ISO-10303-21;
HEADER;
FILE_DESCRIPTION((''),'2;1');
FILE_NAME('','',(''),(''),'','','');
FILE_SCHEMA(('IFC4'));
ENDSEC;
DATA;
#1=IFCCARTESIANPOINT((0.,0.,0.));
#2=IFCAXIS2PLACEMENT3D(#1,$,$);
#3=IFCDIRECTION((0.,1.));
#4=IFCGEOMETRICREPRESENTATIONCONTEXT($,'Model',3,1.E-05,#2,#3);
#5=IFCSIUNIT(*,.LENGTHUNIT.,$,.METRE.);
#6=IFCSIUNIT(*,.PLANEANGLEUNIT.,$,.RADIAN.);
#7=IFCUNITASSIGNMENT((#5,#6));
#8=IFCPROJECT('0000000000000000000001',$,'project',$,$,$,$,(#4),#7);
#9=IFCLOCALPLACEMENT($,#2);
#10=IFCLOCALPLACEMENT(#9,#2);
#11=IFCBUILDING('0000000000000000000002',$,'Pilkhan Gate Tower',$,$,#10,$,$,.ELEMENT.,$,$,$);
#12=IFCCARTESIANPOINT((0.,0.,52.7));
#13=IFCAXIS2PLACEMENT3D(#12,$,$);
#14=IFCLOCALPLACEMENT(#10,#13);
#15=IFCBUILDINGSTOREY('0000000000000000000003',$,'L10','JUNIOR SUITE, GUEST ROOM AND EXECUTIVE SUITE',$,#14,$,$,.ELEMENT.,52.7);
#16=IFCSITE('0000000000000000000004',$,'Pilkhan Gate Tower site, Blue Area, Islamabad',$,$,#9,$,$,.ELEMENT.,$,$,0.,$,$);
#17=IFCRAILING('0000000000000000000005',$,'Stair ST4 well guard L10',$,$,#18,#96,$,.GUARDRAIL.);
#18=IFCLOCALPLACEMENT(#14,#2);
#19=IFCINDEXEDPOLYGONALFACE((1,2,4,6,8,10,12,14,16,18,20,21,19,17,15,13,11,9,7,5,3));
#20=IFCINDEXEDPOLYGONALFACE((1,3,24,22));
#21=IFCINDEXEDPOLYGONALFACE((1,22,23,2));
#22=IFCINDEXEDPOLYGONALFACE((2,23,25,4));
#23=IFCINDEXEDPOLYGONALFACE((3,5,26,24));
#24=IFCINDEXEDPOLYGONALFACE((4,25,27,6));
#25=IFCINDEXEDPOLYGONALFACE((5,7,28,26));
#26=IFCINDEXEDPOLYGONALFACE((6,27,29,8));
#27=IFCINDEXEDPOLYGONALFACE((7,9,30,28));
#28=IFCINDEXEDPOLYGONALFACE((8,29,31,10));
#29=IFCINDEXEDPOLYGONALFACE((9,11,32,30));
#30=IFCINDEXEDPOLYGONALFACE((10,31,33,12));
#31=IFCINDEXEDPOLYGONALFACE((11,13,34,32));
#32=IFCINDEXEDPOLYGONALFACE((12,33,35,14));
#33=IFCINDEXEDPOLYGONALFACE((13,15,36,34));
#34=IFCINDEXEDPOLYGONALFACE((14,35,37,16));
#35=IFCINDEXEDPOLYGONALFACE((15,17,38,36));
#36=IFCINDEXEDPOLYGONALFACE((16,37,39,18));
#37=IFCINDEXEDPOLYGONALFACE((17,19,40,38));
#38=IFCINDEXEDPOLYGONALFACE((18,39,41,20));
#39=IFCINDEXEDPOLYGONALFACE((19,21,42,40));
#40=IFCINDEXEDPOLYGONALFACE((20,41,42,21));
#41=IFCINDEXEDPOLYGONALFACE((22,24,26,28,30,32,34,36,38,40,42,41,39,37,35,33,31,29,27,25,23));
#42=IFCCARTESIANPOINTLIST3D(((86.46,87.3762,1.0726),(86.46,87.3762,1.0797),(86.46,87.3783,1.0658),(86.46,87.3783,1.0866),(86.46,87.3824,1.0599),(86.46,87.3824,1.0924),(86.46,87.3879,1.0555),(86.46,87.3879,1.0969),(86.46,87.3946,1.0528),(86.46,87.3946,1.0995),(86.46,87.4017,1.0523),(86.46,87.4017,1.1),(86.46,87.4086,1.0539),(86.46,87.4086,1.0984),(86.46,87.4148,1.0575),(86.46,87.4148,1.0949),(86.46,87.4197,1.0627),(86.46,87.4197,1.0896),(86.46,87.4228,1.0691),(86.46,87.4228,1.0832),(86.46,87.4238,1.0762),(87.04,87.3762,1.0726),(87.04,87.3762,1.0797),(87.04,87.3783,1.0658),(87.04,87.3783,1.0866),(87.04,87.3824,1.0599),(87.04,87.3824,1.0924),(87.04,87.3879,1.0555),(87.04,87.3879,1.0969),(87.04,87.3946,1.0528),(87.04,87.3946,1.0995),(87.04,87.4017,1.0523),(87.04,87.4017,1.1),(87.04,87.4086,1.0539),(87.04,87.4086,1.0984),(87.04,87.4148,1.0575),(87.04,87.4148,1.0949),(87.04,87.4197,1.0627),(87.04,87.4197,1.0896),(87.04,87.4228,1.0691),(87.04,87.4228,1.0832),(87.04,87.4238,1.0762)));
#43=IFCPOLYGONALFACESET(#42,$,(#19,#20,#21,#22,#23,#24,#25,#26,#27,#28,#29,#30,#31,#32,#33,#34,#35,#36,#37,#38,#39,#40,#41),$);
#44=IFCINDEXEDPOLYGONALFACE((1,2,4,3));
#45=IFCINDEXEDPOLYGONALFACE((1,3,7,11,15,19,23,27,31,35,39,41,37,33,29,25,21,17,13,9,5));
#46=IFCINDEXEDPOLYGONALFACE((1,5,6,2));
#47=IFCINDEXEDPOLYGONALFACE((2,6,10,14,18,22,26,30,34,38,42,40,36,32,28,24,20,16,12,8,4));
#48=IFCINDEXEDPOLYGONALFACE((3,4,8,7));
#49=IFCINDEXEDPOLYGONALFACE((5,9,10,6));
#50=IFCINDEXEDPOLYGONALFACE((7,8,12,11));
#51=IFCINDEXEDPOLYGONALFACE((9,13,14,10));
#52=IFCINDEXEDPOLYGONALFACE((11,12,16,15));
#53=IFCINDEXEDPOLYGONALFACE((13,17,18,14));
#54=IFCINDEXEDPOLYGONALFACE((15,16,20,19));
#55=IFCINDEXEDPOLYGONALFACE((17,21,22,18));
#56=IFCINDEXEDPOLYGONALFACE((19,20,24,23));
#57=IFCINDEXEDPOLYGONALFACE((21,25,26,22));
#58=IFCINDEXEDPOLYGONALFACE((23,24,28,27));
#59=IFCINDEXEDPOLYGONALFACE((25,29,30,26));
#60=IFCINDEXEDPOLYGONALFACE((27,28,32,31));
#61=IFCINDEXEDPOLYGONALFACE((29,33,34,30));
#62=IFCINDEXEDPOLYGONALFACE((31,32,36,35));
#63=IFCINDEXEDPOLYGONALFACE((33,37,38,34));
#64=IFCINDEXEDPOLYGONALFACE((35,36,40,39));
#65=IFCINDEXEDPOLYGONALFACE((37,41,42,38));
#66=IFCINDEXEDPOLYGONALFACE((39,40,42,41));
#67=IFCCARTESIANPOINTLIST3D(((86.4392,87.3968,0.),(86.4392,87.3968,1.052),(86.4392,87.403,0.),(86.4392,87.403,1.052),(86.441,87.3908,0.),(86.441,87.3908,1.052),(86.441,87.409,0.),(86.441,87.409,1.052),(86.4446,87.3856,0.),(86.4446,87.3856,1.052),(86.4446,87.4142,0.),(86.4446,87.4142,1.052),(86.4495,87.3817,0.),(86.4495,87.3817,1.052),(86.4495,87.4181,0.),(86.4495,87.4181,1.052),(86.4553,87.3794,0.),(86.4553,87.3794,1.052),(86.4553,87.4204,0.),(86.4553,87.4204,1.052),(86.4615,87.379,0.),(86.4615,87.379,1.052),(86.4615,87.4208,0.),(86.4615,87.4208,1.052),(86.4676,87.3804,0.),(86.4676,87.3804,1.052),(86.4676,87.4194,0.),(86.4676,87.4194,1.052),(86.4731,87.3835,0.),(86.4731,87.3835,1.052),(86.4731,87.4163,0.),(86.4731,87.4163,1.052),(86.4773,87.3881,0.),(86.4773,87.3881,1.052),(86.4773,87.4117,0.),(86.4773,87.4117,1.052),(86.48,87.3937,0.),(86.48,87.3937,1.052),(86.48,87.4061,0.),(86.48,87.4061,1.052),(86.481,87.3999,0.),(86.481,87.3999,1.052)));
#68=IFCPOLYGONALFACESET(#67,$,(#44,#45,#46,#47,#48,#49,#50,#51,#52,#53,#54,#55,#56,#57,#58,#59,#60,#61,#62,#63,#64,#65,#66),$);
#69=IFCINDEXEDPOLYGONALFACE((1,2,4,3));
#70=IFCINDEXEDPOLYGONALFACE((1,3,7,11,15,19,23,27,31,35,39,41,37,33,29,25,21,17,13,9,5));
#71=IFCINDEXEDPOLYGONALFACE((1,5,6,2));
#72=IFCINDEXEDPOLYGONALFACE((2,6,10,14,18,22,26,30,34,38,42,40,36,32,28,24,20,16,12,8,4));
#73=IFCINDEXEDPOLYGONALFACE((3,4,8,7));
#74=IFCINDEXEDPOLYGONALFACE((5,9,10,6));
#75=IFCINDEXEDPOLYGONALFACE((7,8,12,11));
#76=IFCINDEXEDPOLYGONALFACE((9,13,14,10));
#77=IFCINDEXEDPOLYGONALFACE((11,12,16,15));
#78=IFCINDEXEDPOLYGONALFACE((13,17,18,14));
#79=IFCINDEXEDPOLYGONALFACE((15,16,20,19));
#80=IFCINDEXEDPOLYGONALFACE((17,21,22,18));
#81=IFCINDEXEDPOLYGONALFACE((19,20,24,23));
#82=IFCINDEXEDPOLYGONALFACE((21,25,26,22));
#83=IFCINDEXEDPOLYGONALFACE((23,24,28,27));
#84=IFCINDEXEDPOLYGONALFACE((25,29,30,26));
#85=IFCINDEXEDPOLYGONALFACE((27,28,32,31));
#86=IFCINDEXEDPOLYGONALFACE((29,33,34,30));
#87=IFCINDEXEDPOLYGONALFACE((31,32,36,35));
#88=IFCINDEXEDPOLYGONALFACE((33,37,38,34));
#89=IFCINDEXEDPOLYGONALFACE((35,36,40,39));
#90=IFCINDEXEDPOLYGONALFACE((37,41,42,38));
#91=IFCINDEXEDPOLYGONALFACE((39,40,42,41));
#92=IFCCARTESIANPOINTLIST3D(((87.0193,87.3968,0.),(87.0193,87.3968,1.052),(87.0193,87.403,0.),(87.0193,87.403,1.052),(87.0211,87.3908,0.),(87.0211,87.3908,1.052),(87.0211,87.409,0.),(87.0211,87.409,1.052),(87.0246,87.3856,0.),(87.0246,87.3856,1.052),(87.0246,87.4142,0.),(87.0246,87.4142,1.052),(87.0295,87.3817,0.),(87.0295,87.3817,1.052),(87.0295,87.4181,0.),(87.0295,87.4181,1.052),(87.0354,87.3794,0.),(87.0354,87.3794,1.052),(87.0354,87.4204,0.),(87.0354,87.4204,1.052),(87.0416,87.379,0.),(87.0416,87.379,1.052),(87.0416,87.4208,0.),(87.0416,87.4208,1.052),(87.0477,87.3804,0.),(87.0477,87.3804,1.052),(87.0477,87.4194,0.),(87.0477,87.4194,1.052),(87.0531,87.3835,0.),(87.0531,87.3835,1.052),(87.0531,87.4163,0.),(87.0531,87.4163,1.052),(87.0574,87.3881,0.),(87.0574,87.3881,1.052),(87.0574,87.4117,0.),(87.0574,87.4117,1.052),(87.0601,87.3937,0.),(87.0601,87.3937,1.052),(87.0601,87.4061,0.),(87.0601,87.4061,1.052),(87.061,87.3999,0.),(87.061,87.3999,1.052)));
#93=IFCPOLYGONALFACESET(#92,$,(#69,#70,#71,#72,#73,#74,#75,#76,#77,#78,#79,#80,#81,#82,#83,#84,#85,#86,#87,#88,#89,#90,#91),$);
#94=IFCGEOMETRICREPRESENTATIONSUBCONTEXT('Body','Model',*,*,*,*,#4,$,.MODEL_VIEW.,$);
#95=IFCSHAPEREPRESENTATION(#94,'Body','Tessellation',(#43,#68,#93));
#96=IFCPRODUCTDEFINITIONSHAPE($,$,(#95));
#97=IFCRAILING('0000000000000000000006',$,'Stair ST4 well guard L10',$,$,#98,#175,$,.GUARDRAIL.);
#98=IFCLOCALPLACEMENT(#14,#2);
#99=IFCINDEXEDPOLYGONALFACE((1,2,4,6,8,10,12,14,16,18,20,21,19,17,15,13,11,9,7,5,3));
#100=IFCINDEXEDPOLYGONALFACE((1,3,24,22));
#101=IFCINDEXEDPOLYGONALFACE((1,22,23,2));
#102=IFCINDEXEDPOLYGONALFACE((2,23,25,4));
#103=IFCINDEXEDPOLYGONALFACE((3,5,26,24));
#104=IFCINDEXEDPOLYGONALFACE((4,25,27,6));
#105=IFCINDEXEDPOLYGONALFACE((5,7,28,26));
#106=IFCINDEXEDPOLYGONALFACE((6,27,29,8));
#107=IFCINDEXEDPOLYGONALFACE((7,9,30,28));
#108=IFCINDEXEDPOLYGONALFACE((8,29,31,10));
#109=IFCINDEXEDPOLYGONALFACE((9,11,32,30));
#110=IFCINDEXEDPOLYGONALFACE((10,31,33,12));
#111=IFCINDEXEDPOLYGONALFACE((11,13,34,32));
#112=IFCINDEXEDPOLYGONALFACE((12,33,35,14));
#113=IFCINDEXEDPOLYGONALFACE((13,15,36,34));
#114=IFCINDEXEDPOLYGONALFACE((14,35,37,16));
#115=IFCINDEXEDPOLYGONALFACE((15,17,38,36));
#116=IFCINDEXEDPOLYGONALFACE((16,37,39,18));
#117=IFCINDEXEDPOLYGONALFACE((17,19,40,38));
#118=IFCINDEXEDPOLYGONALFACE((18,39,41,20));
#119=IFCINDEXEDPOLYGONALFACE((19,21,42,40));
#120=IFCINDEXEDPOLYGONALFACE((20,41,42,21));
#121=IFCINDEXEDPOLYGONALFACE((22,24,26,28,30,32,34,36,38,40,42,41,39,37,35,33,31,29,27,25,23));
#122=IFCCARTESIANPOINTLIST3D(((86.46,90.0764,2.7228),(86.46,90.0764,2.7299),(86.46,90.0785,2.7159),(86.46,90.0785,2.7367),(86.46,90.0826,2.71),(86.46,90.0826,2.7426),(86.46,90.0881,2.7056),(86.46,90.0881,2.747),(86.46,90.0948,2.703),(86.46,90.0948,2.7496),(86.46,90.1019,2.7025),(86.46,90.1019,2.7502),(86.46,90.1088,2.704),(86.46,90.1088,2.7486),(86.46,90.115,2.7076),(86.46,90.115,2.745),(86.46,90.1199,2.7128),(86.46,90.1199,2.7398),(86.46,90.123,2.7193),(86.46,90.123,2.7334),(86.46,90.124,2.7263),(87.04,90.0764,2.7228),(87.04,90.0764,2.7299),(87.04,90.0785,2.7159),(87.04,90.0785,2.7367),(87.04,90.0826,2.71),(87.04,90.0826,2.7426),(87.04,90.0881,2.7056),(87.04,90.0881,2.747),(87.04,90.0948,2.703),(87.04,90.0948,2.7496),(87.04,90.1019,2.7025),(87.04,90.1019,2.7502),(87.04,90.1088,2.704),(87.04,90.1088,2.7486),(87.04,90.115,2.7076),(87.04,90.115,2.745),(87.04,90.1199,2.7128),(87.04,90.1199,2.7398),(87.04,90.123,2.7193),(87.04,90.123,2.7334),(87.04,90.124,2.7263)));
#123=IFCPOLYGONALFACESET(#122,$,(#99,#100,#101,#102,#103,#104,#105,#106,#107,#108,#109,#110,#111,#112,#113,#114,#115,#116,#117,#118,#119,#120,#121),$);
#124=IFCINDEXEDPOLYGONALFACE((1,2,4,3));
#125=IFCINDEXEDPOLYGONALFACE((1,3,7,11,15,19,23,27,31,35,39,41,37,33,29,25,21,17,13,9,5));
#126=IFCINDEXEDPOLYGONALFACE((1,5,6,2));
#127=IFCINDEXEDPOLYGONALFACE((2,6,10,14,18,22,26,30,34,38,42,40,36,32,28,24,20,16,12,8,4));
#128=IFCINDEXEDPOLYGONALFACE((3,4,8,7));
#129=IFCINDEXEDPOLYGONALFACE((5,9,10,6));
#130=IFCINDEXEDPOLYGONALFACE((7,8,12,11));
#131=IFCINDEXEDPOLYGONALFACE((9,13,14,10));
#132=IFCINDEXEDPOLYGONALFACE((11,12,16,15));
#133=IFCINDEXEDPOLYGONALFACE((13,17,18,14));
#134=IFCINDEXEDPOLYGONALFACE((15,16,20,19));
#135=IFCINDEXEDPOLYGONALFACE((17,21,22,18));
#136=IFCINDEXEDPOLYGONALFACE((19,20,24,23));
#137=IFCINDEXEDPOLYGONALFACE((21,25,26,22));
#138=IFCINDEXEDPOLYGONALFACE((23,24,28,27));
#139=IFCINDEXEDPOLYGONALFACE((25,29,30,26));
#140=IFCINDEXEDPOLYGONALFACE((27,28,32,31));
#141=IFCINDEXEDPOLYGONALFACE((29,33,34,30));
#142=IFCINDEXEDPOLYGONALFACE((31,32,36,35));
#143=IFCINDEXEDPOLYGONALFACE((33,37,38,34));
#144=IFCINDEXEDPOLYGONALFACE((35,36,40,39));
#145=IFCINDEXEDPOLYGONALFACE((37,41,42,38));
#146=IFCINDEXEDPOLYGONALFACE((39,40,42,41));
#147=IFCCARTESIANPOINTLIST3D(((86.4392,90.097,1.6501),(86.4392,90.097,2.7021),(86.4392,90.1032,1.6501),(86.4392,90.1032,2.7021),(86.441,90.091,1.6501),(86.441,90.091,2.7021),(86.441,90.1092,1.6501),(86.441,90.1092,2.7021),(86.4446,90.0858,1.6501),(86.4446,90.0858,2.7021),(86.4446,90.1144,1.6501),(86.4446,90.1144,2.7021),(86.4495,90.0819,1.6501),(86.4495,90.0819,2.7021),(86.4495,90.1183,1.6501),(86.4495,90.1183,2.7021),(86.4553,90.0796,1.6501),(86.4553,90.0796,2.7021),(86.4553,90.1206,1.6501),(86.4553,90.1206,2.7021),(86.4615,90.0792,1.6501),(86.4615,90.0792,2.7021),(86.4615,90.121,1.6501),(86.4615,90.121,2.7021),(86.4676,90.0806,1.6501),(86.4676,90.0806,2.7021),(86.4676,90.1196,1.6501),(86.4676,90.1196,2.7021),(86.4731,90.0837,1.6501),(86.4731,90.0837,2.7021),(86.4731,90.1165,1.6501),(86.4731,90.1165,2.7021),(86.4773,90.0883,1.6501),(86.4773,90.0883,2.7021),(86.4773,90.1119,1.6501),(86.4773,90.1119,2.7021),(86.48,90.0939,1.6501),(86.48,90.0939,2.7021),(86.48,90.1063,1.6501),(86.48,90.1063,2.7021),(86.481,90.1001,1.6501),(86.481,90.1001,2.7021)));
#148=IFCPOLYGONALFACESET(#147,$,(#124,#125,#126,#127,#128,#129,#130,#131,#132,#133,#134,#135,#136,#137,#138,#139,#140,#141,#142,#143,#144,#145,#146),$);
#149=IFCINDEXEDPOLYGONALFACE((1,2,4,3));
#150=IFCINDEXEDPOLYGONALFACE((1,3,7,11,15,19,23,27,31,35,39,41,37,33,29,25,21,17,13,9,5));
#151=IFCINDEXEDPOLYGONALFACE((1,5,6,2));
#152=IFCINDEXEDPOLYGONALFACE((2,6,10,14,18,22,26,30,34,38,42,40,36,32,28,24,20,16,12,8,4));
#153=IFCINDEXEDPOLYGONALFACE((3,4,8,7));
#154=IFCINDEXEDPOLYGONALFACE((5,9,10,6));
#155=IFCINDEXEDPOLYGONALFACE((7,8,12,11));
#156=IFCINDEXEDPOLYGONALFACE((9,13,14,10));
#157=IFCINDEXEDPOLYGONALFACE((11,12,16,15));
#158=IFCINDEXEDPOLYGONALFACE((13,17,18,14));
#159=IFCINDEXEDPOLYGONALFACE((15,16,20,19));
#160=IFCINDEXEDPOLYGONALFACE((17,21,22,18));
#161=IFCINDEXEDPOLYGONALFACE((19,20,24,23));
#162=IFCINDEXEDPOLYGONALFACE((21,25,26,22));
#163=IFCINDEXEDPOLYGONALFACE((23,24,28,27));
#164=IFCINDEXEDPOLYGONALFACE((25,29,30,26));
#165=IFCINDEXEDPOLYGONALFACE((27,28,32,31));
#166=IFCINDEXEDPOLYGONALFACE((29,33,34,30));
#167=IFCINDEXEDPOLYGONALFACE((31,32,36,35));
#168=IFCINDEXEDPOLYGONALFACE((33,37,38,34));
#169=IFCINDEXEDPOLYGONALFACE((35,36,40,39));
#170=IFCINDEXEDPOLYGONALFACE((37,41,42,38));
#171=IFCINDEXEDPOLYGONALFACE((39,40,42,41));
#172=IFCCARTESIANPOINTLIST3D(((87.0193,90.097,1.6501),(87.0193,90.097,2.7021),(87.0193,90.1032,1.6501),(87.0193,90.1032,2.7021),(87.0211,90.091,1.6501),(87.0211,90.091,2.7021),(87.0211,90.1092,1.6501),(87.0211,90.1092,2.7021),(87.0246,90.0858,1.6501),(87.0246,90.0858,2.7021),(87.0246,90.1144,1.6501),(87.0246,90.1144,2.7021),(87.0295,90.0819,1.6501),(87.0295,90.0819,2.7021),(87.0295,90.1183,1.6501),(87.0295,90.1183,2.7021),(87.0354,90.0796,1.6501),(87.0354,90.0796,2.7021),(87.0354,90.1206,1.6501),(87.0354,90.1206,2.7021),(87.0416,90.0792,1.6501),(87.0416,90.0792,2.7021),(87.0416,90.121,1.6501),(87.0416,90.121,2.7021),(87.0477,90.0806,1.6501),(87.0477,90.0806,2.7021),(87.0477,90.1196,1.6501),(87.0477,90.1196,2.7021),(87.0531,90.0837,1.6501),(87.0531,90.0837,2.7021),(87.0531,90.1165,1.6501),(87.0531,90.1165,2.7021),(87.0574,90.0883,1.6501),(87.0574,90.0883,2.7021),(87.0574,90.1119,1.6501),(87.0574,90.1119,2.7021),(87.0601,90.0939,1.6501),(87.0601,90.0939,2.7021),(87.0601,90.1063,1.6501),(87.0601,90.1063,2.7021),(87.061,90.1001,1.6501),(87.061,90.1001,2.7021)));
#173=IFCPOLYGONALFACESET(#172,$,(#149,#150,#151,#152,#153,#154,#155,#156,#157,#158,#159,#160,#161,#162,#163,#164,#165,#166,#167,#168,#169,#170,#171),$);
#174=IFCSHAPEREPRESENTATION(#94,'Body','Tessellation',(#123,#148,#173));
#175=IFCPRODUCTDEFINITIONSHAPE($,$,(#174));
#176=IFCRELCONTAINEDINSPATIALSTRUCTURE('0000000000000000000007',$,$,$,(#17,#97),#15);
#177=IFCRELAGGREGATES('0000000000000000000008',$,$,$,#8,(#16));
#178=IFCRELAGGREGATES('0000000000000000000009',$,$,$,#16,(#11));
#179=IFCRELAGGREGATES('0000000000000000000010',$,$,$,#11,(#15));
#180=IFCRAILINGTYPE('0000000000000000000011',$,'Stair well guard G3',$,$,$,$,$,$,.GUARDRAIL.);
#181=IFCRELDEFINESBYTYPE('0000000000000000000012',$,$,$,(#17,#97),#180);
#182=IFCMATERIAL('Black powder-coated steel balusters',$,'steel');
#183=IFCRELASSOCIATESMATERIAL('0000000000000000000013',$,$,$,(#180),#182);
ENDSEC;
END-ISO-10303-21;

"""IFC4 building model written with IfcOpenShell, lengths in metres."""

from ifc_helpers import new_model, si_unit, direction, frame, origin, origin_2d, place, context, subcontext, project, spatial, circle, extrude, material, type_object, element, save


model = new_model("IFC4")

# Units and contexts
model_context = context("Model", 3, precision=1e-05, world=origin(), true_north=direction((0.0, 1.0)))
body_context = subcontext(model_context, "Body", "Model", "MODEL_VIEW")
ifc_project = project(units=[si_unit("LENGTHUNIT", "METRE"), si_unit("PLANEANGLEUNIT", "RADIAN")], contexts=[model_context])

# Site, building, storey
site_placement = place(None, origin())
site = spatial("IfcSite", under=ifc_project, at=site_placement, Name="Pilkhan Gate Tower site, Blue Area, Islamabad", CompositionType="ELEMENT", RefElevation=0.0)
building_placement = place(site_placement, origin())
building = spatial("IfcBuilding", under=site, at=building_placement, Name="Pilkhan Gate Tower", CompositionType="ELEMENT")
storey_placement = place(building_placement, frame((0.0, 0.0, 52.7)))
storey = spatial("IfcBuildingStorey", under=building, at=storey_placement, Name="L10", Description="JUNIOR SUITE, GUEST ROOM AND EXECUTIVE SUITE", CompositionType="ELEMENT", Elevation=52.7)

# Railings
ifc_material_1 = material(Name="Black powder-coated steel balusters", Category="steel")
railing_type_1 = type_object("IfcRailingType", Name="Stair well guard G3", PredefinedType="GUARDRAIL", material=ifc_material_1)
for number, where, name in (
    (1, (86.46, 87.3999, 0.0), "Stair ST4 well guard L10"),
    (2, (86.46, 90.1001, 1.6501), "Stair ST4 well guard L10"),
):
    element("IfcRailing", number, at=place(storey_placement, frame(where)), inside=storey, type_object=railing_type_1, Name=name, PredefinedType="GUARDRAIL", context=body_context, shape_type="SweptSolid", body=[
        extrude(circle(Radius=0.0239, at=origin_2d()), frame((0.0, 0.0, 1.0762), z_axis=(1.0, 0.0, 0.0), x_axis=(0.0, 1.0, 0.0)), (0.0, 0.0, 1.0), 0.5801),
        extrude(circle(Radius=0.021, at=origin_2d()), origin(), (0.0, 0.0, 1.0), 1.052),
        extrude(circle(Radius=0.021, at=origin_2d()), frame((0.5801, 0.0, 0.0)), (0.0, 0.0, 1.0), 1.052),
    ])

save(model, "model.ifc")
